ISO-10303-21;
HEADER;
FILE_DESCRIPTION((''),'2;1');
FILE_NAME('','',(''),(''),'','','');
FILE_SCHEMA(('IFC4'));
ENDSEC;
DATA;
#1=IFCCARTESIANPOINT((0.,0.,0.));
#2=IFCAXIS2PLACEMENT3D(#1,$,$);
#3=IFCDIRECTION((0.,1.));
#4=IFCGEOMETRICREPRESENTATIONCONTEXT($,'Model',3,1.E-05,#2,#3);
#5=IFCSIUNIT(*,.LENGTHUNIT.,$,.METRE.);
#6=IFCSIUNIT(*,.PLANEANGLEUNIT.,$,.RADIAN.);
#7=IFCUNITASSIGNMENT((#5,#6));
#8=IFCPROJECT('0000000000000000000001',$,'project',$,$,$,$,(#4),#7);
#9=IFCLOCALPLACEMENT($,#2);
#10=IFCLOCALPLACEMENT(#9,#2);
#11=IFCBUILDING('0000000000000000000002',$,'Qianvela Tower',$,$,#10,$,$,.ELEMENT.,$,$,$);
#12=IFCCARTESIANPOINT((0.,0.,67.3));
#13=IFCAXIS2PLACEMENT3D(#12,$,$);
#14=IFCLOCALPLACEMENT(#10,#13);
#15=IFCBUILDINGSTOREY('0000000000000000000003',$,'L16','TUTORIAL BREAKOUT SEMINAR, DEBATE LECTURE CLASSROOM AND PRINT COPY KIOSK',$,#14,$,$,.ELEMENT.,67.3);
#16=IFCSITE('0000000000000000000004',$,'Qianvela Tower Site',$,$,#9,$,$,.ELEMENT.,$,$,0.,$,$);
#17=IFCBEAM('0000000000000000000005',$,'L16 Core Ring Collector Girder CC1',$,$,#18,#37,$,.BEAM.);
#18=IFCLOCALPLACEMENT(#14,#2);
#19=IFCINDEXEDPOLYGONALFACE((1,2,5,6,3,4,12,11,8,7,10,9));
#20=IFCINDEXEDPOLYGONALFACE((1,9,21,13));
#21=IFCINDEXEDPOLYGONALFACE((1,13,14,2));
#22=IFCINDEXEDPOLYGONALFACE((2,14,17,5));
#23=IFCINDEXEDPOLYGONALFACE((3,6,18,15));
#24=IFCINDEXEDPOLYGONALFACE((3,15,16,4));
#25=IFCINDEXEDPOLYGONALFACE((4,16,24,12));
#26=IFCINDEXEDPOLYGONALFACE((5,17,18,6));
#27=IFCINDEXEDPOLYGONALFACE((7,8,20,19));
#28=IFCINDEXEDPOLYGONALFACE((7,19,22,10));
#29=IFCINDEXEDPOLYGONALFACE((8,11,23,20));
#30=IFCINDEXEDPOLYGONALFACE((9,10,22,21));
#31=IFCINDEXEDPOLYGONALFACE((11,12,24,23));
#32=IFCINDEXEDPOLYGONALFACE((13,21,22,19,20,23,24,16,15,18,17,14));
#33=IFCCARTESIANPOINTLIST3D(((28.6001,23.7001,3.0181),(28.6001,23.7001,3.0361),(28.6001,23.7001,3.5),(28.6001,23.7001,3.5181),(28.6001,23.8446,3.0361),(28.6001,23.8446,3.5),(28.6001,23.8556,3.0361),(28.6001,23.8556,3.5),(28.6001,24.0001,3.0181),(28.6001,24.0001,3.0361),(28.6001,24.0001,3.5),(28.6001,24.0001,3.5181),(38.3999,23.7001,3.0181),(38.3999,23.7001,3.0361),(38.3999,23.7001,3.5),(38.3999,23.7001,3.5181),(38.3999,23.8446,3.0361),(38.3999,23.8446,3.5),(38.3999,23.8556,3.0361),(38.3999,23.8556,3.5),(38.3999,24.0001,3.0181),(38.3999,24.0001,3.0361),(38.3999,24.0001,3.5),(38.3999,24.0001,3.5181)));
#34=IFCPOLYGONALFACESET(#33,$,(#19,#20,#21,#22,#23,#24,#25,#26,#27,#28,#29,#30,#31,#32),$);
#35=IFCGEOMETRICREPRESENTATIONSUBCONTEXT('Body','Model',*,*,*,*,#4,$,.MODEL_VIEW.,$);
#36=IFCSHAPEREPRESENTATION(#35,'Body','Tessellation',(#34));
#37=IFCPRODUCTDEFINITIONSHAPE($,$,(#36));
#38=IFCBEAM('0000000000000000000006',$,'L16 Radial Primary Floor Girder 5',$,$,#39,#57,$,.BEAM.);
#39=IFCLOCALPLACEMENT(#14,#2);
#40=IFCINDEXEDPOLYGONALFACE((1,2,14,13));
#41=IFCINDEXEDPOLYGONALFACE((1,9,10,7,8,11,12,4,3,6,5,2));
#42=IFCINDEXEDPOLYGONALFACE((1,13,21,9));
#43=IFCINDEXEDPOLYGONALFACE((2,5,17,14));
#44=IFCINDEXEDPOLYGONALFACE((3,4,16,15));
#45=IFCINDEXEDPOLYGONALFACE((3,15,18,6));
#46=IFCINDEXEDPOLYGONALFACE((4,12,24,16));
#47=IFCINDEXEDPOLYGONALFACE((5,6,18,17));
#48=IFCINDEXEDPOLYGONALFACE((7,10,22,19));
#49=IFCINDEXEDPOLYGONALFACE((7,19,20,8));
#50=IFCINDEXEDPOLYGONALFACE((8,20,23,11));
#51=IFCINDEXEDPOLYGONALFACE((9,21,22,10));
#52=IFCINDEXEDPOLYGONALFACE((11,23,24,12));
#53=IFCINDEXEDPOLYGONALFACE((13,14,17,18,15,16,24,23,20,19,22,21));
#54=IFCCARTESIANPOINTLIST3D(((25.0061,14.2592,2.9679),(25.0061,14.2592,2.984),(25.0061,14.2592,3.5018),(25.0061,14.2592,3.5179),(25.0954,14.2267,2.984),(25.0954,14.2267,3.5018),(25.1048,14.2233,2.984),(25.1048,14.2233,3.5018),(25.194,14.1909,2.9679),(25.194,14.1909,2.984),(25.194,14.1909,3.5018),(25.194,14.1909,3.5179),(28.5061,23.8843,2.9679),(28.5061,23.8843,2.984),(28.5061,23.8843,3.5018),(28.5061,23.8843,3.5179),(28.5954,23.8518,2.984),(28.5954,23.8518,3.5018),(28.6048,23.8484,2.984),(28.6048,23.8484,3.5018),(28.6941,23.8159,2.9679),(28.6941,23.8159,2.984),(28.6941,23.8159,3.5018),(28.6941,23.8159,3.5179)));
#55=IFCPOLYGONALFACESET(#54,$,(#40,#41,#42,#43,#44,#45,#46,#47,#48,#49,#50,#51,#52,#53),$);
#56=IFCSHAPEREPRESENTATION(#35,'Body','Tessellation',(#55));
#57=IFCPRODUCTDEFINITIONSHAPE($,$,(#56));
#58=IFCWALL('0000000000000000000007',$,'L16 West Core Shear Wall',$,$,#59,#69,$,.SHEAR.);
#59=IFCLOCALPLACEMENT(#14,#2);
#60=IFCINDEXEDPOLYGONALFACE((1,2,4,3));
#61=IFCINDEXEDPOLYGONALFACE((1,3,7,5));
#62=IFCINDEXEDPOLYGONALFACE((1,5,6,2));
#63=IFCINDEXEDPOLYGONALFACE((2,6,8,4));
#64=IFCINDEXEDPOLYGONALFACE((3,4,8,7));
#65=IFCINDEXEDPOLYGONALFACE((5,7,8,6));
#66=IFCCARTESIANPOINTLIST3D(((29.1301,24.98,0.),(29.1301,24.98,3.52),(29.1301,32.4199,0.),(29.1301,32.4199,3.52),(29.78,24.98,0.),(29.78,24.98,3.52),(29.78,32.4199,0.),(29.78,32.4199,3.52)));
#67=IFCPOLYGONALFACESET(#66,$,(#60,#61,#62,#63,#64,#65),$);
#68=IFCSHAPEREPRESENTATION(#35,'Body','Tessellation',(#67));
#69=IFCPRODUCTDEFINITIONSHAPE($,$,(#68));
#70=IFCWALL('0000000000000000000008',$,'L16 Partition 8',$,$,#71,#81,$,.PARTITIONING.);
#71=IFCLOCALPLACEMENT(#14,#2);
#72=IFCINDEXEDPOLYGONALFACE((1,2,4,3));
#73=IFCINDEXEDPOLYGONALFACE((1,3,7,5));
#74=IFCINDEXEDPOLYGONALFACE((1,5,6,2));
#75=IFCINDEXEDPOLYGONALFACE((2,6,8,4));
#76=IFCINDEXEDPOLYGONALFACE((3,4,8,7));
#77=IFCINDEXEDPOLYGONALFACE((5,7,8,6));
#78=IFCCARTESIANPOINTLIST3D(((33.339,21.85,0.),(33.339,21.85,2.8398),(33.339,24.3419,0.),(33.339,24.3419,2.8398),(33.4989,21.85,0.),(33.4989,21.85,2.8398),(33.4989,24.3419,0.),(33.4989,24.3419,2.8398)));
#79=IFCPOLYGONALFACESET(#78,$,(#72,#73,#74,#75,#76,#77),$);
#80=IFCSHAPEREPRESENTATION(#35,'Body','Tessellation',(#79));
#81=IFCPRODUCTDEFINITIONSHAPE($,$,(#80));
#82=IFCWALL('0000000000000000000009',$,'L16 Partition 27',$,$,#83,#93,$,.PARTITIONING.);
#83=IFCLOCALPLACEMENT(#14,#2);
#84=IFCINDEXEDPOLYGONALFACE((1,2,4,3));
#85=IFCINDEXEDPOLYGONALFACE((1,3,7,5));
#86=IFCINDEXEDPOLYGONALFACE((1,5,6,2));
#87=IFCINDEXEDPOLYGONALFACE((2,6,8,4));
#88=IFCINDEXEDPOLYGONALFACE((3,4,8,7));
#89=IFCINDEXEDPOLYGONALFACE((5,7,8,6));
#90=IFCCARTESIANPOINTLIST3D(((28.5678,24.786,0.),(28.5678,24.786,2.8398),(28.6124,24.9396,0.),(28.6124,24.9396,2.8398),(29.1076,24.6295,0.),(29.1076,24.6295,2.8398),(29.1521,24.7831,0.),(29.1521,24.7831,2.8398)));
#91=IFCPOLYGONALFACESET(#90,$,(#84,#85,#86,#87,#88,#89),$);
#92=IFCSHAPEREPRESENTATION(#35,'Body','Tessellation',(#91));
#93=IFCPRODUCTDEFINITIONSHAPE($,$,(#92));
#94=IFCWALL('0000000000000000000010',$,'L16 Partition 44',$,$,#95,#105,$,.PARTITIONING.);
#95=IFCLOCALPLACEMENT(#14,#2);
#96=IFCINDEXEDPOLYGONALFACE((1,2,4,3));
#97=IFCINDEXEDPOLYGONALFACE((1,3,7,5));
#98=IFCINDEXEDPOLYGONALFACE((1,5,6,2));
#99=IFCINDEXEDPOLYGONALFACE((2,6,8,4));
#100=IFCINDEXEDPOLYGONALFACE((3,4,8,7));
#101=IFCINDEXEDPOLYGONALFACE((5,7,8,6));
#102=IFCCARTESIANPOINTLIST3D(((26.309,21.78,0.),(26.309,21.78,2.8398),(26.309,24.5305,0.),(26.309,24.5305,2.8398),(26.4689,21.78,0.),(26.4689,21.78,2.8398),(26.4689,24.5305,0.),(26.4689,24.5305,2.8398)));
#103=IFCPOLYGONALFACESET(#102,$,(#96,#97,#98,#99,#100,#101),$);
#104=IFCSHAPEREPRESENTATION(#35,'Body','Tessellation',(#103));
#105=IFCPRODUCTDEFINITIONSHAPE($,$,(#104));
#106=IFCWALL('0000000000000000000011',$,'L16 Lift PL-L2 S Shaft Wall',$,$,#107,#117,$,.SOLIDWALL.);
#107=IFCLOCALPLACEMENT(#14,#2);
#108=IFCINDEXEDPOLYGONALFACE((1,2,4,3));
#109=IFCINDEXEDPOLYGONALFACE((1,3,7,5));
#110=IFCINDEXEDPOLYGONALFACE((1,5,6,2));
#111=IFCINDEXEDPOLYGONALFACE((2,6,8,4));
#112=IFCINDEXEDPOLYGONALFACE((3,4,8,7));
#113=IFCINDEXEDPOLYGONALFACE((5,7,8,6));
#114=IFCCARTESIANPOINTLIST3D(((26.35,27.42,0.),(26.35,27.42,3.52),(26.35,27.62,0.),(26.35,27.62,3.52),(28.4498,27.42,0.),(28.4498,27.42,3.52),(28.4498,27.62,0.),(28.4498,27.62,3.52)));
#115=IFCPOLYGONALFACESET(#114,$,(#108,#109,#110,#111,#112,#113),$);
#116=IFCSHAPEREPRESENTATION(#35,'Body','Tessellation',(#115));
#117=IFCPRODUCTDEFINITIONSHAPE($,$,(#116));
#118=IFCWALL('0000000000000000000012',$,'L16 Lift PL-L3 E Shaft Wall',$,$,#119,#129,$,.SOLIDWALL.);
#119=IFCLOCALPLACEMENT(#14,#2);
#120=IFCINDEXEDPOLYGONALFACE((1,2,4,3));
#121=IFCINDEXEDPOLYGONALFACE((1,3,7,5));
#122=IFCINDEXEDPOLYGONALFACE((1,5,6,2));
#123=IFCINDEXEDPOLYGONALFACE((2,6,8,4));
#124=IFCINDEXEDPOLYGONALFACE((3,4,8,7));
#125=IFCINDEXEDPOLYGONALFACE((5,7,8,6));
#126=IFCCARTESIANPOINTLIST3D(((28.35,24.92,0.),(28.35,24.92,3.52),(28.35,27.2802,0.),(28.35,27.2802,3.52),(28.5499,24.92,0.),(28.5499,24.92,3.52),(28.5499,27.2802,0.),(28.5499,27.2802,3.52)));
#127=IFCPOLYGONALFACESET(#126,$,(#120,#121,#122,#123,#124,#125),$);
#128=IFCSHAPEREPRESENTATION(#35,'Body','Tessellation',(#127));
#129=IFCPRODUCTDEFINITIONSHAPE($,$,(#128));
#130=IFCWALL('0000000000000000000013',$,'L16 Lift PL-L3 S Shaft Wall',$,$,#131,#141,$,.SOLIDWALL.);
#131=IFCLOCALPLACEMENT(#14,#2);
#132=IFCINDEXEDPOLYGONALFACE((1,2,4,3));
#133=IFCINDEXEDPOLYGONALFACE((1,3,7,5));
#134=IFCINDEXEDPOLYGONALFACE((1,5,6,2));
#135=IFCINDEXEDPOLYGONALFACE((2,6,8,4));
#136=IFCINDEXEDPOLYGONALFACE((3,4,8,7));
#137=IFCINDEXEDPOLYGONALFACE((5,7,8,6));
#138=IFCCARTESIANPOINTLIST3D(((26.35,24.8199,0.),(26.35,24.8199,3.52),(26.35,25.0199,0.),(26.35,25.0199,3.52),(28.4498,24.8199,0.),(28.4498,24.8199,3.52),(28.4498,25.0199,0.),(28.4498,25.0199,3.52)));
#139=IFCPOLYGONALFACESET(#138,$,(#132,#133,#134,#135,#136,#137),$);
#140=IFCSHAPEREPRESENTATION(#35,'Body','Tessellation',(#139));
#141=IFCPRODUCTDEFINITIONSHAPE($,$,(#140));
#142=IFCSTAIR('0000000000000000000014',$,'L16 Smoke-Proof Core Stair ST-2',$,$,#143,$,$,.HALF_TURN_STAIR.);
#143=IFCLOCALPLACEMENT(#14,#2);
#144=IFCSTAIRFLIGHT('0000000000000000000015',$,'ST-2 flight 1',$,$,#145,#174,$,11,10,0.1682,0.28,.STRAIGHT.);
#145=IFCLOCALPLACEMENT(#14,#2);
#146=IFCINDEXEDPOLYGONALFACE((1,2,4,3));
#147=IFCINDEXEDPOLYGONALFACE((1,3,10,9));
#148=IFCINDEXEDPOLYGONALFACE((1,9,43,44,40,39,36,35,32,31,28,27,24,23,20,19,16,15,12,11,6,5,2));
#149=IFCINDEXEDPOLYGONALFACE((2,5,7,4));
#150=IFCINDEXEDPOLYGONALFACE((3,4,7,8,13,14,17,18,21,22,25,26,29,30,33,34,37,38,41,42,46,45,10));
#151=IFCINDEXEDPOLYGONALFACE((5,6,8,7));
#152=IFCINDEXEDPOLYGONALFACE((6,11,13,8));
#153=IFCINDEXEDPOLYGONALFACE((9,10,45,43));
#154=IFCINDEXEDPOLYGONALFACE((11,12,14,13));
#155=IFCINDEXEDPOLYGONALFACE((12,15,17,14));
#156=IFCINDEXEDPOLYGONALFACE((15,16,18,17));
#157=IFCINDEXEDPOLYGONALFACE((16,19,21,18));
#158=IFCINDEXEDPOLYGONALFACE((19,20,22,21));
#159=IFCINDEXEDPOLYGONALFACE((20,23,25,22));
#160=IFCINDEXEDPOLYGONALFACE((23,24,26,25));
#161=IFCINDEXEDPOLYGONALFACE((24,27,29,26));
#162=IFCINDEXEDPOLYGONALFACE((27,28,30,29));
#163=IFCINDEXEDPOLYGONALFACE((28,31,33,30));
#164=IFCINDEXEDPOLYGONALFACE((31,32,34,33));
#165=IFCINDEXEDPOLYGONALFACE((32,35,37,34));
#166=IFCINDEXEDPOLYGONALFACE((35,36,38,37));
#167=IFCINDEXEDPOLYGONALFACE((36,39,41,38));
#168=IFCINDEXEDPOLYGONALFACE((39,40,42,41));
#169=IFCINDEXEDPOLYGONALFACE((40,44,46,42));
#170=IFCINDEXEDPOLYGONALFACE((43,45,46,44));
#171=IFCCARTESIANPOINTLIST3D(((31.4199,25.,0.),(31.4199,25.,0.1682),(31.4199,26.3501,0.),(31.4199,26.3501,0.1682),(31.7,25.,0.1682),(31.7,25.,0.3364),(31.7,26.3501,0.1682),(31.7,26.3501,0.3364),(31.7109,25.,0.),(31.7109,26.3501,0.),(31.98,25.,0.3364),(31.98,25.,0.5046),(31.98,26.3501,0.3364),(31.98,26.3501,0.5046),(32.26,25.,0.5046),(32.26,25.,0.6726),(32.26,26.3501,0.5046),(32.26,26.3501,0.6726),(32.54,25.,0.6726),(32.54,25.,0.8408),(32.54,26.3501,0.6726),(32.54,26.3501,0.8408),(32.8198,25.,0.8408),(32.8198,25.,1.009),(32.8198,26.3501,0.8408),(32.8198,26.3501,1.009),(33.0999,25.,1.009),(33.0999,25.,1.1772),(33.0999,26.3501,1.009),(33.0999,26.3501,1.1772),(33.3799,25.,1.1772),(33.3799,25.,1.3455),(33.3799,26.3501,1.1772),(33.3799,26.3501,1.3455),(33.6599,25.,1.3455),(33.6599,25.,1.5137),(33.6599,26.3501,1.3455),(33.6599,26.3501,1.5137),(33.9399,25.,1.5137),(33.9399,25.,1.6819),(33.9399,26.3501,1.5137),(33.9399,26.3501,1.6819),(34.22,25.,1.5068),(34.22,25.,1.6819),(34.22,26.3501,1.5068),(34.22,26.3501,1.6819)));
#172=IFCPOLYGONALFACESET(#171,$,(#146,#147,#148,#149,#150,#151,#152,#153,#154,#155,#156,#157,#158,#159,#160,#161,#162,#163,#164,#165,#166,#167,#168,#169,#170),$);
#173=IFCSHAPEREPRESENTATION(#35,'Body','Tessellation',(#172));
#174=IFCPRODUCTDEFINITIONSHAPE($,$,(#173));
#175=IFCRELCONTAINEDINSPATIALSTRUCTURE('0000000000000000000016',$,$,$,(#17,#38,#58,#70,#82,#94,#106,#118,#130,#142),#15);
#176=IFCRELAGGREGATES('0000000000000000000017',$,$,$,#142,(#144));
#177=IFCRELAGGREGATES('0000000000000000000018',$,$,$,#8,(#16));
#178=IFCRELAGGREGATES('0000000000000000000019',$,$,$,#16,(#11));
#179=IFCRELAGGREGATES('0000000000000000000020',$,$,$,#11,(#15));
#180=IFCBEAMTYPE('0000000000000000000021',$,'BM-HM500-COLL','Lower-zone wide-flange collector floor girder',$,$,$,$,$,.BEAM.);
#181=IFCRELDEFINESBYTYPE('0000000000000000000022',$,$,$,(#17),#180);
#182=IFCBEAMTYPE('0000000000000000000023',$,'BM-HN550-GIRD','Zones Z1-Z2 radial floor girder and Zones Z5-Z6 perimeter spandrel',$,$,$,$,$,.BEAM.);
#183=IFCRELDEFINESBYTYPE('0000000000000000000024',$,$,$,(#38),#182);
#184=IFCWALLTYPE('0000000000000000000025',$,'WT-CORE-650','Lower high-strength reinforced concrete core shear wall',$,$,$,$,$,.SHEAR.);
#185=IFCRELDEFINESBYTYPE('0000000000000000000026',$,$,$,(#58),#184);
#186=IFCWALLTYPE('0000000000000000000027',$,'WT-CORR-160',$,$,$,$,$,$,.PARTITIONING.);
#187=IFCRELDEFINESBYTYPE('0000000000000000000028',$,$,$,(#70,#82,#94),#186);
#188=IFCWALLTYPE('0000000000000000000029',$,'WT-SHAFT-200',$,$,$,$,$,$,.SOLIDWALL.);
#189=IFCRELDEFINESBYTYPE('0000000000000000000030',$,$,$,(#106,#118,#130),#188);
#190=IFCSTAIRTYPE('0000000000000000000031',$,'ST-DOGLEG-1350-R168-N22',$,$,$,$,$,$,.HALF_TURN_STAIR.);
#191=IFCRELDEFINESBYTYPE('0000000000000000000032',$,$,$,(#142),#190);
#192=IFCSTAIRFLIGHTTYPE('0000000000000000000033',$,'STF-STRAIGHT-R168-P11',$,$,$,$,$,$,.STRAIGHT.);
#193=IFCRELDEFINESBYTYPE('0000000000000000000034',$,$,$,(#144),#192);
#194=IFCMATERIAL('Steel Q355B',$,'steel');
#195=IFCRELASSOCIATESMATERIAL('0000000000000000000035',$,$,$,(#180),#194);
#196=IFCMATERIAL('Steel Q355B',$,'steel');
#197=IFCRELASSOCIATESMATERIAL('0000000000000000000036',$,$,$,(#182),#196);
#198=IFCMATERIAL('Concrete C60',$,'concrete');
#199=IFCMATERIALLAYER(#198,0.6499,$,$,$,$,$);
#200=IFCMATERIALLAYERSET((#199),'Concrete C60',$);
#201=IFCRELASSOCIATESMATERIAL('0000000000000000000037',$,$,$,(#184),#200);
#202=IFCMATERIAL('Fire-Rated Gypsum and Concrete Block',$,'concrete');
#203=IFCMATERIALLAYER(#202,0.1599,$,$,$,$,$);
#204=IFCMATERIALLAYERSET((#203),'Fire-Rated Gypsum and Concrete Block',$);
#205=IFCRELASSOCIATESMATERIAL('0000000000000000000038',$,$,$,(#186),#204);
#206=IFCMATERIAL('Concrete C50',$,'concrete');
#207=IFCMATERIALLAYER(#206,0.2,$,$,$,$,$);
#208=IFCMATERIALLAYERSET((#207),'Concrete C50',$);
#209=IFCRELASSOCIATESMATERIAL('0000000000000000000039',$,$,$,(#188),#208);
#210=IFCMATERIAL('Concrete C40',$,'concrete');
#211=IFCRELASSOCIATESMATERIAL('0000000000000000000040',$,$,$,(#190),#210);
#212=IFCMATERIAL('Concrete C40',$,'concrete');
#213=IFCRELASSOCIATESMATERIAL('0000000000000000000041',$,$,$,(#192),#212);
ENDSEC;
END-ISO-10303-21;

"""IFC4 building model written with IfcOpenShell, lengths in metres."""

from ifc_helpers import new_model, si_unit, direction, frame, frame_2d, origin, origin_2d, place, context, subcontext, project, spatial, polyline, rectangle, i_section, outline, extrude, material, layer, layer_set, material_profile, profile_set, type_object, element, aggregate, save


model = new_model("IFC4")

# Units and contexts
model_context = context("Model", 3, precision=1e-05, world=origin(), true_north=direction((0.0, 1.0)))
body_context = subcontext(model_context, "Body", "Model", "MODEL_VIEW")
ifc_project = project(units=[si_unit("LENGTHUNIT", "METRE"), si_unit("PLANEANGLEUNIT", "RADIAN")], contexts=[model_context])

# Site, building, storey
site_placement = place(None, origin())
site = spatial("IfcSite", under=ifc_project, at=site_placement, Name="Qianvela Tower Site", CompositionType="ELEMENT", RefElevation=0.0)
building_placement = place(site_placement, origin())
building = spatial("IfcBuilding", under=site, at=building_placement, Name="Qianvela Tower", CompositionType="ELEMENT")
storey_placement = place(building_placement, frame((0.0, 0.0, 67.3)))
storey = spatial("IfcBuildingStorey", under=building, at=storey_placement, Name="L16", Description="TUTORIAL BREAKOUT SEMINAR, DEBATE LECTURE CLASSROOM AND PRINT COPY KIOSK", CompositionType="ELEMENT", Elevation=67.3)

# Beams
ifc_material_1 = material(Name="Steel Q355B", Category="steel")
ifc_material_profile_1 = material_profile(ifc_material_1, i_section(OverallWidth=0.3, OverallDepth=0.5, WebThickness=0.011, FlangeThickness=0.0181, at=origin_2d()), Name="HM500x300x11x18")
ifc_profile_set_1 = profile_set([ifc_material_profile_1], Name="Steel Q355B")
beam_type_1 = type_object("IfcBeamType", Name="BM-HM500-COLL", Description="Lower-zone wide-flange collector floor girder", PredefinedType="BEAM", material=ifc_profile_set_1)
beam_1_placement = place(storey_placement, frame((28.6001, 23.8501, 3.2681), z_axis=(1.0, 0.0, 0.0), x_axis=(0.0, 1.0, 0.0)))
element("IfcBeam", 1, at=beam_1_placement, inside=storey, type_object=beam_type_1, Name="L16 Core Ring Collector Girder CC1", PredefinedType="BEAM", context=body_context, shape_type="SweptSolid", body=[
    extrude(i_section(OverallWidth=0.3, OverallDepth=0.5, WebThickness=0.011, FlangeThickness=0.0181, at=origin_2d()), origin(), (0.0, 0.0, 1.0), 9.7998),
])
ifc_material_2 = material(Name="Steel Q355B", Category="steel")
ifc_material_profile_2 = material_profile(ifc_material_2, i_section(OverallWidth=0.2, OverallDepth=0.55, WebThickness=0.01, FlangeThickness=0.0161, at=origin_2d()), Name="HN550x200x10x16")
ifc_profile_set_2 = profile_set([ifc_material_profile_2], Name="Steel Q355B")
beam_type_2 = type_object("IfcBeamType", Name="BM-HN550-GIRD", Description="Zones Z1-Z2 radial floor girder and Zones Z5-Z6 perimeter spandrel", PredefinedType="BEAM", material=ifc_profile_set_2)
beam_2_placement = place(storey_placement, frame((28.6001, 23.8501, 3.2429), z_axis=(-0.341743, -0.939793, 0.0), x_axis=(0.939793, -0.341743, 0.0)))
element("IfcBeam", 2, at=beam_2_placement, inside=storey, type_object=beam_type_2, Name="L16 Radial Primary Floor Girder 5", PredefinedType="BEAM", context=body_context, shape_type="SweptSolid", body=[
    extrude(i_section(OverallWidth=0.2, OverallDepth=0.55, WebThickness=0.01, FlangeThickness=0.0161, at=origin_2d()), origin(), (0.0, 0.0, 1.0), 10.2417),
])

# Shared definitions
ifc_material_3 = material(Name="Concrete C60", Category="concrete")
ifc_layer_1 = layer(ifc_material_3, 0.6499)
ifc_layer_set_1 = layer_set([ifc_layer_1], Name="Concrete C60")
wall_type_1 = type_object("IfcWallType", Name="WT-CORE-650", Description="Lower high-strength reinforced concrete core shear wall", PredefinedType="SHEAR", material=ifc_layer_set_1)

# Walls
wall_1_placement = place(storey_placement, frame((29.4551, 24.98, 0.0), z_axis=(0.0, 0.0, 1.0), x_axis=(0.0, 1.0, 0.0)))
element("IfcWall", 3, at=wall_1_placement, inside=storey, type_object=wall_type_1, Name="L16 West Core Shear Wall", PredefinedType="SHEAR", context=body_context, shape_type="SweptSolid", body=[
    extrude(rectangle(XDim=7.4399, YDim=0.6499, at=frame_2d((3.72, 0.0))), origin(), (0.0, 0.0, 1.0), 3.52),
])
ifc_material_4 = material(Name="Fire-Rated Gypsum and Concrete Block", Category="concrete")
ifc_layer_2 = layer(ifc_material_4, 0.1599)
ifc_layer_set_2 = layer_set([ifc_layer_2], Name="Fire-Rated Gypsum and Concrete Block")
wall_type_2 = type_object("IfcWallType", Name="WT-CORR-160", PredefinedType="PARTITIONING", material=ifc_layer_set_2)
wall_2_placement = place(storey_placement, frame((33.4189, 24.342, 0.0), z_axis=(0.0, 0.0, 1.0), x_axis=(0.0, -1.0, 0.0)))
element("IfcWall", 4, at=wall_2_placement, inside=storey, type_object=wall_type_2, Name="L16 Partition 8", PredefinedType="PARTITIONING", context=body_context, shape_type="SweptSolid", body=[
    extrude(rectangle(XDim=2.4919, YDim=0.1599, at=frame_2d((1.2461, 0.0))), origin(), (0.0, 0.0, 1.0), 2.8398),
])
wall_3_placement = place(storey_placement, frame((29.1299, 24.7063, 0.0), z_axis=(0.0, 0.0, 1.0), x_axis=(-0.960451, 0.278448, 0.0)))
element("IfcWall", 5, at=wall_3_placement, inside=storey, type_object=wall_type_2, Name="L16 Partition 27", PredefinedType="PARTITIONING", context=body_context, shape_type="SweptSolid", body=[
    extrude(rectangle(XDim=0.562, YDim=0.1599, at=frame_2d((0.281, 0.0))), origin(), (0.0, 0.0, 1.0), 2.8398),
])
wall_4_placement = place(storey_placement, frame((26.3889, 24.5305, 0.0), z_axis=(0.0, 0.0, 1.0), x_axis=(0.0, -1.0, 0.0)))
element("IfcWall", 6, at=wall_4_placement, inside=storey, type_object=wall_type_2, Name="L16 Partition 44", PredefinedType="PARTITIONING", context=body_context, shape_type="SweptSolid", body=[
    extrude(rectangle(XDim=2.7505, YDim=0.1599, at=frame_2d((1.3752, 0.0))), origin(), (0.0, 0.0, 1.0), 2.8398),
])

# Shared definitions
ifc_material_5 = material(Name="Concrete C50", Category="concrete")
ifc_layer_3 = layer(ifc_material_5, 0.2)
ifc_layer_set_3 = layer_set([ifc_layer_3], Name="Concrete C50")
wall_type_3 = type_object("IfcWallType", Name="WT-SHAFT-200", PredefinedType="SOLIDWALL", material=ifc_layer_set_3)

# Walls
wall_5_placement = place(storey_placement, frame((26.3501, 27.52, 0.0), z_axis=(0.0, 0.0, 1.0), x_axis=(1.0, 0.0, 0.0)))
element("IfcWall", 7, at=wall_5_placement, inside=storey, type_object=wall_type_3, Name="L16 Lift PL-L2 S Shaft Wall", PredefinedType="SOLIDWALL", context=body_context, shape_type="SweptSolid", body=[
    extrude(rectangle(XDim=2.0999, YDim=0.2, at=frame_2d((1.0498, 0.0))), origin(), (0.0, 0.0, 1.0), 3.52),
])
wall_6_placement = place(storey_placement, frame((28.45, 24.9199, 0.0), z_axis=(0.0, 0.0, 1.0), x_axis=(0.0, 1.0, 0.0)))
element("IfcWall", 8, at=wall_6_placement, inside=storey, type_object=wall_type_3, Name="L16 Lift PL-L3 E Shaft Wall", PredefinedType="SOLIDWALL", context=body_context, shape_type="SweptSolid", body=[
    extrude(rectangle(XDim=2.3601, YDim=0.2, at=frame_2d((1.1802, 0.0))), origin(), (0.0, 0.0, 1.0), 3.52),
])

# Wall
wall_7_placement = place(storey_placement, frame((26.3501, 24.9199, 0.0), z_axis=(0.0, 0.0, 1.0), x_axis=(1.0, 0.0, 0.0)))
element("IfcWall", 9, at=wall_7_placement, inside=storey, type_object=wall_type_3, Name="L16 Lift PL-L3 S Shaft Wall", PredefinedType="SOLIDWALL", context=body_context, shape_type="SweptSolid", body=[
    extrude(rectangle(XDim=2.0999, YDim=0.2, at=frame_2d((1.0498, 0.0))), origin(), (0.0, 0.0, 1.0), 3.52),
])

# Stair, stair flight
ifc_material_6 = material(Name="Concrete C40", Category="concrete")
stair_type = type_object("IfcStairType", Name="ST-DOGLEG-1350-R168-N22", PredefinedType="HALF_TURN_STAIR", material=ifc_material_6)
stair_placement = place(storey_placement, origin())
stair = element("IfcStair", 10, at=stair_placement, inside=storey, type_object=stair_type, Name="L16 Smoke-Proof Core Stair ST-2", PredefinedType="HALF_TURN_STAIR")
ifc_material_7 = material(Name="Concrete C40", Category="concrete")
stair_flight_type = type_object("IfcStairFlightType", Name="STF-STRAIGHT-R168-P11", PredefinedType="STRAIGHT", material=ifc_material_7)
stair_flight_placement = place(storey_placement, frame((31.4199, 25.675, 0.0), z_axis=(0.0, 0.0, 1.0), x_axis=(1.0, 0.0, 0.0)))
stair_flight = element("IfcStairFlight", 11, at=stair_flight_placement, type_object=stair_flight_type, Name="ST-2 flight 1", NumberOfRisers=11, NumberOfTreads=10, PredefinedType="STRAIGHT", RiserHeight=0.1682, TreadLength=0.28, context=body_context, shape_type="SweptSolid", body=[
    extrude(outline(polyline([(0.0, 0.0), (0.0, 0.1682), (0.28, 0.1682), (0.28, 0.3364), (0.5601, 0.3364), (0.5601, 0.5046), (0.8401, 0.5046), (0.8401, 0.6726), (1.1201, 0.6726), (1.1201, 0.8408), (1.3999, 0.8408), (1.3999, 1.009), (1.6799, 1.009), (1.6799, 1.1772), (1.96, 1.1772), (1.96, 1.3455), (2.24, 1.3455), (2.24, 1.5137), (2.52, 1.5137), (2.52, 1.6819), (2.8, 1.6819), (2.8, 1.8501), (2.8, 1.5068), (0.291, 0.0), (0.0, 0.0)])), frame((0.0, 0.675, 0.0), z_axis=(0.0, -1.0, 0.0), x_axis=(1.0, 0.0, 0.0)), (0.0, 0.0, 1.0), 1.3501),
])
aggregate(stair, [stair_flight])

save(model, "model.ifc")
